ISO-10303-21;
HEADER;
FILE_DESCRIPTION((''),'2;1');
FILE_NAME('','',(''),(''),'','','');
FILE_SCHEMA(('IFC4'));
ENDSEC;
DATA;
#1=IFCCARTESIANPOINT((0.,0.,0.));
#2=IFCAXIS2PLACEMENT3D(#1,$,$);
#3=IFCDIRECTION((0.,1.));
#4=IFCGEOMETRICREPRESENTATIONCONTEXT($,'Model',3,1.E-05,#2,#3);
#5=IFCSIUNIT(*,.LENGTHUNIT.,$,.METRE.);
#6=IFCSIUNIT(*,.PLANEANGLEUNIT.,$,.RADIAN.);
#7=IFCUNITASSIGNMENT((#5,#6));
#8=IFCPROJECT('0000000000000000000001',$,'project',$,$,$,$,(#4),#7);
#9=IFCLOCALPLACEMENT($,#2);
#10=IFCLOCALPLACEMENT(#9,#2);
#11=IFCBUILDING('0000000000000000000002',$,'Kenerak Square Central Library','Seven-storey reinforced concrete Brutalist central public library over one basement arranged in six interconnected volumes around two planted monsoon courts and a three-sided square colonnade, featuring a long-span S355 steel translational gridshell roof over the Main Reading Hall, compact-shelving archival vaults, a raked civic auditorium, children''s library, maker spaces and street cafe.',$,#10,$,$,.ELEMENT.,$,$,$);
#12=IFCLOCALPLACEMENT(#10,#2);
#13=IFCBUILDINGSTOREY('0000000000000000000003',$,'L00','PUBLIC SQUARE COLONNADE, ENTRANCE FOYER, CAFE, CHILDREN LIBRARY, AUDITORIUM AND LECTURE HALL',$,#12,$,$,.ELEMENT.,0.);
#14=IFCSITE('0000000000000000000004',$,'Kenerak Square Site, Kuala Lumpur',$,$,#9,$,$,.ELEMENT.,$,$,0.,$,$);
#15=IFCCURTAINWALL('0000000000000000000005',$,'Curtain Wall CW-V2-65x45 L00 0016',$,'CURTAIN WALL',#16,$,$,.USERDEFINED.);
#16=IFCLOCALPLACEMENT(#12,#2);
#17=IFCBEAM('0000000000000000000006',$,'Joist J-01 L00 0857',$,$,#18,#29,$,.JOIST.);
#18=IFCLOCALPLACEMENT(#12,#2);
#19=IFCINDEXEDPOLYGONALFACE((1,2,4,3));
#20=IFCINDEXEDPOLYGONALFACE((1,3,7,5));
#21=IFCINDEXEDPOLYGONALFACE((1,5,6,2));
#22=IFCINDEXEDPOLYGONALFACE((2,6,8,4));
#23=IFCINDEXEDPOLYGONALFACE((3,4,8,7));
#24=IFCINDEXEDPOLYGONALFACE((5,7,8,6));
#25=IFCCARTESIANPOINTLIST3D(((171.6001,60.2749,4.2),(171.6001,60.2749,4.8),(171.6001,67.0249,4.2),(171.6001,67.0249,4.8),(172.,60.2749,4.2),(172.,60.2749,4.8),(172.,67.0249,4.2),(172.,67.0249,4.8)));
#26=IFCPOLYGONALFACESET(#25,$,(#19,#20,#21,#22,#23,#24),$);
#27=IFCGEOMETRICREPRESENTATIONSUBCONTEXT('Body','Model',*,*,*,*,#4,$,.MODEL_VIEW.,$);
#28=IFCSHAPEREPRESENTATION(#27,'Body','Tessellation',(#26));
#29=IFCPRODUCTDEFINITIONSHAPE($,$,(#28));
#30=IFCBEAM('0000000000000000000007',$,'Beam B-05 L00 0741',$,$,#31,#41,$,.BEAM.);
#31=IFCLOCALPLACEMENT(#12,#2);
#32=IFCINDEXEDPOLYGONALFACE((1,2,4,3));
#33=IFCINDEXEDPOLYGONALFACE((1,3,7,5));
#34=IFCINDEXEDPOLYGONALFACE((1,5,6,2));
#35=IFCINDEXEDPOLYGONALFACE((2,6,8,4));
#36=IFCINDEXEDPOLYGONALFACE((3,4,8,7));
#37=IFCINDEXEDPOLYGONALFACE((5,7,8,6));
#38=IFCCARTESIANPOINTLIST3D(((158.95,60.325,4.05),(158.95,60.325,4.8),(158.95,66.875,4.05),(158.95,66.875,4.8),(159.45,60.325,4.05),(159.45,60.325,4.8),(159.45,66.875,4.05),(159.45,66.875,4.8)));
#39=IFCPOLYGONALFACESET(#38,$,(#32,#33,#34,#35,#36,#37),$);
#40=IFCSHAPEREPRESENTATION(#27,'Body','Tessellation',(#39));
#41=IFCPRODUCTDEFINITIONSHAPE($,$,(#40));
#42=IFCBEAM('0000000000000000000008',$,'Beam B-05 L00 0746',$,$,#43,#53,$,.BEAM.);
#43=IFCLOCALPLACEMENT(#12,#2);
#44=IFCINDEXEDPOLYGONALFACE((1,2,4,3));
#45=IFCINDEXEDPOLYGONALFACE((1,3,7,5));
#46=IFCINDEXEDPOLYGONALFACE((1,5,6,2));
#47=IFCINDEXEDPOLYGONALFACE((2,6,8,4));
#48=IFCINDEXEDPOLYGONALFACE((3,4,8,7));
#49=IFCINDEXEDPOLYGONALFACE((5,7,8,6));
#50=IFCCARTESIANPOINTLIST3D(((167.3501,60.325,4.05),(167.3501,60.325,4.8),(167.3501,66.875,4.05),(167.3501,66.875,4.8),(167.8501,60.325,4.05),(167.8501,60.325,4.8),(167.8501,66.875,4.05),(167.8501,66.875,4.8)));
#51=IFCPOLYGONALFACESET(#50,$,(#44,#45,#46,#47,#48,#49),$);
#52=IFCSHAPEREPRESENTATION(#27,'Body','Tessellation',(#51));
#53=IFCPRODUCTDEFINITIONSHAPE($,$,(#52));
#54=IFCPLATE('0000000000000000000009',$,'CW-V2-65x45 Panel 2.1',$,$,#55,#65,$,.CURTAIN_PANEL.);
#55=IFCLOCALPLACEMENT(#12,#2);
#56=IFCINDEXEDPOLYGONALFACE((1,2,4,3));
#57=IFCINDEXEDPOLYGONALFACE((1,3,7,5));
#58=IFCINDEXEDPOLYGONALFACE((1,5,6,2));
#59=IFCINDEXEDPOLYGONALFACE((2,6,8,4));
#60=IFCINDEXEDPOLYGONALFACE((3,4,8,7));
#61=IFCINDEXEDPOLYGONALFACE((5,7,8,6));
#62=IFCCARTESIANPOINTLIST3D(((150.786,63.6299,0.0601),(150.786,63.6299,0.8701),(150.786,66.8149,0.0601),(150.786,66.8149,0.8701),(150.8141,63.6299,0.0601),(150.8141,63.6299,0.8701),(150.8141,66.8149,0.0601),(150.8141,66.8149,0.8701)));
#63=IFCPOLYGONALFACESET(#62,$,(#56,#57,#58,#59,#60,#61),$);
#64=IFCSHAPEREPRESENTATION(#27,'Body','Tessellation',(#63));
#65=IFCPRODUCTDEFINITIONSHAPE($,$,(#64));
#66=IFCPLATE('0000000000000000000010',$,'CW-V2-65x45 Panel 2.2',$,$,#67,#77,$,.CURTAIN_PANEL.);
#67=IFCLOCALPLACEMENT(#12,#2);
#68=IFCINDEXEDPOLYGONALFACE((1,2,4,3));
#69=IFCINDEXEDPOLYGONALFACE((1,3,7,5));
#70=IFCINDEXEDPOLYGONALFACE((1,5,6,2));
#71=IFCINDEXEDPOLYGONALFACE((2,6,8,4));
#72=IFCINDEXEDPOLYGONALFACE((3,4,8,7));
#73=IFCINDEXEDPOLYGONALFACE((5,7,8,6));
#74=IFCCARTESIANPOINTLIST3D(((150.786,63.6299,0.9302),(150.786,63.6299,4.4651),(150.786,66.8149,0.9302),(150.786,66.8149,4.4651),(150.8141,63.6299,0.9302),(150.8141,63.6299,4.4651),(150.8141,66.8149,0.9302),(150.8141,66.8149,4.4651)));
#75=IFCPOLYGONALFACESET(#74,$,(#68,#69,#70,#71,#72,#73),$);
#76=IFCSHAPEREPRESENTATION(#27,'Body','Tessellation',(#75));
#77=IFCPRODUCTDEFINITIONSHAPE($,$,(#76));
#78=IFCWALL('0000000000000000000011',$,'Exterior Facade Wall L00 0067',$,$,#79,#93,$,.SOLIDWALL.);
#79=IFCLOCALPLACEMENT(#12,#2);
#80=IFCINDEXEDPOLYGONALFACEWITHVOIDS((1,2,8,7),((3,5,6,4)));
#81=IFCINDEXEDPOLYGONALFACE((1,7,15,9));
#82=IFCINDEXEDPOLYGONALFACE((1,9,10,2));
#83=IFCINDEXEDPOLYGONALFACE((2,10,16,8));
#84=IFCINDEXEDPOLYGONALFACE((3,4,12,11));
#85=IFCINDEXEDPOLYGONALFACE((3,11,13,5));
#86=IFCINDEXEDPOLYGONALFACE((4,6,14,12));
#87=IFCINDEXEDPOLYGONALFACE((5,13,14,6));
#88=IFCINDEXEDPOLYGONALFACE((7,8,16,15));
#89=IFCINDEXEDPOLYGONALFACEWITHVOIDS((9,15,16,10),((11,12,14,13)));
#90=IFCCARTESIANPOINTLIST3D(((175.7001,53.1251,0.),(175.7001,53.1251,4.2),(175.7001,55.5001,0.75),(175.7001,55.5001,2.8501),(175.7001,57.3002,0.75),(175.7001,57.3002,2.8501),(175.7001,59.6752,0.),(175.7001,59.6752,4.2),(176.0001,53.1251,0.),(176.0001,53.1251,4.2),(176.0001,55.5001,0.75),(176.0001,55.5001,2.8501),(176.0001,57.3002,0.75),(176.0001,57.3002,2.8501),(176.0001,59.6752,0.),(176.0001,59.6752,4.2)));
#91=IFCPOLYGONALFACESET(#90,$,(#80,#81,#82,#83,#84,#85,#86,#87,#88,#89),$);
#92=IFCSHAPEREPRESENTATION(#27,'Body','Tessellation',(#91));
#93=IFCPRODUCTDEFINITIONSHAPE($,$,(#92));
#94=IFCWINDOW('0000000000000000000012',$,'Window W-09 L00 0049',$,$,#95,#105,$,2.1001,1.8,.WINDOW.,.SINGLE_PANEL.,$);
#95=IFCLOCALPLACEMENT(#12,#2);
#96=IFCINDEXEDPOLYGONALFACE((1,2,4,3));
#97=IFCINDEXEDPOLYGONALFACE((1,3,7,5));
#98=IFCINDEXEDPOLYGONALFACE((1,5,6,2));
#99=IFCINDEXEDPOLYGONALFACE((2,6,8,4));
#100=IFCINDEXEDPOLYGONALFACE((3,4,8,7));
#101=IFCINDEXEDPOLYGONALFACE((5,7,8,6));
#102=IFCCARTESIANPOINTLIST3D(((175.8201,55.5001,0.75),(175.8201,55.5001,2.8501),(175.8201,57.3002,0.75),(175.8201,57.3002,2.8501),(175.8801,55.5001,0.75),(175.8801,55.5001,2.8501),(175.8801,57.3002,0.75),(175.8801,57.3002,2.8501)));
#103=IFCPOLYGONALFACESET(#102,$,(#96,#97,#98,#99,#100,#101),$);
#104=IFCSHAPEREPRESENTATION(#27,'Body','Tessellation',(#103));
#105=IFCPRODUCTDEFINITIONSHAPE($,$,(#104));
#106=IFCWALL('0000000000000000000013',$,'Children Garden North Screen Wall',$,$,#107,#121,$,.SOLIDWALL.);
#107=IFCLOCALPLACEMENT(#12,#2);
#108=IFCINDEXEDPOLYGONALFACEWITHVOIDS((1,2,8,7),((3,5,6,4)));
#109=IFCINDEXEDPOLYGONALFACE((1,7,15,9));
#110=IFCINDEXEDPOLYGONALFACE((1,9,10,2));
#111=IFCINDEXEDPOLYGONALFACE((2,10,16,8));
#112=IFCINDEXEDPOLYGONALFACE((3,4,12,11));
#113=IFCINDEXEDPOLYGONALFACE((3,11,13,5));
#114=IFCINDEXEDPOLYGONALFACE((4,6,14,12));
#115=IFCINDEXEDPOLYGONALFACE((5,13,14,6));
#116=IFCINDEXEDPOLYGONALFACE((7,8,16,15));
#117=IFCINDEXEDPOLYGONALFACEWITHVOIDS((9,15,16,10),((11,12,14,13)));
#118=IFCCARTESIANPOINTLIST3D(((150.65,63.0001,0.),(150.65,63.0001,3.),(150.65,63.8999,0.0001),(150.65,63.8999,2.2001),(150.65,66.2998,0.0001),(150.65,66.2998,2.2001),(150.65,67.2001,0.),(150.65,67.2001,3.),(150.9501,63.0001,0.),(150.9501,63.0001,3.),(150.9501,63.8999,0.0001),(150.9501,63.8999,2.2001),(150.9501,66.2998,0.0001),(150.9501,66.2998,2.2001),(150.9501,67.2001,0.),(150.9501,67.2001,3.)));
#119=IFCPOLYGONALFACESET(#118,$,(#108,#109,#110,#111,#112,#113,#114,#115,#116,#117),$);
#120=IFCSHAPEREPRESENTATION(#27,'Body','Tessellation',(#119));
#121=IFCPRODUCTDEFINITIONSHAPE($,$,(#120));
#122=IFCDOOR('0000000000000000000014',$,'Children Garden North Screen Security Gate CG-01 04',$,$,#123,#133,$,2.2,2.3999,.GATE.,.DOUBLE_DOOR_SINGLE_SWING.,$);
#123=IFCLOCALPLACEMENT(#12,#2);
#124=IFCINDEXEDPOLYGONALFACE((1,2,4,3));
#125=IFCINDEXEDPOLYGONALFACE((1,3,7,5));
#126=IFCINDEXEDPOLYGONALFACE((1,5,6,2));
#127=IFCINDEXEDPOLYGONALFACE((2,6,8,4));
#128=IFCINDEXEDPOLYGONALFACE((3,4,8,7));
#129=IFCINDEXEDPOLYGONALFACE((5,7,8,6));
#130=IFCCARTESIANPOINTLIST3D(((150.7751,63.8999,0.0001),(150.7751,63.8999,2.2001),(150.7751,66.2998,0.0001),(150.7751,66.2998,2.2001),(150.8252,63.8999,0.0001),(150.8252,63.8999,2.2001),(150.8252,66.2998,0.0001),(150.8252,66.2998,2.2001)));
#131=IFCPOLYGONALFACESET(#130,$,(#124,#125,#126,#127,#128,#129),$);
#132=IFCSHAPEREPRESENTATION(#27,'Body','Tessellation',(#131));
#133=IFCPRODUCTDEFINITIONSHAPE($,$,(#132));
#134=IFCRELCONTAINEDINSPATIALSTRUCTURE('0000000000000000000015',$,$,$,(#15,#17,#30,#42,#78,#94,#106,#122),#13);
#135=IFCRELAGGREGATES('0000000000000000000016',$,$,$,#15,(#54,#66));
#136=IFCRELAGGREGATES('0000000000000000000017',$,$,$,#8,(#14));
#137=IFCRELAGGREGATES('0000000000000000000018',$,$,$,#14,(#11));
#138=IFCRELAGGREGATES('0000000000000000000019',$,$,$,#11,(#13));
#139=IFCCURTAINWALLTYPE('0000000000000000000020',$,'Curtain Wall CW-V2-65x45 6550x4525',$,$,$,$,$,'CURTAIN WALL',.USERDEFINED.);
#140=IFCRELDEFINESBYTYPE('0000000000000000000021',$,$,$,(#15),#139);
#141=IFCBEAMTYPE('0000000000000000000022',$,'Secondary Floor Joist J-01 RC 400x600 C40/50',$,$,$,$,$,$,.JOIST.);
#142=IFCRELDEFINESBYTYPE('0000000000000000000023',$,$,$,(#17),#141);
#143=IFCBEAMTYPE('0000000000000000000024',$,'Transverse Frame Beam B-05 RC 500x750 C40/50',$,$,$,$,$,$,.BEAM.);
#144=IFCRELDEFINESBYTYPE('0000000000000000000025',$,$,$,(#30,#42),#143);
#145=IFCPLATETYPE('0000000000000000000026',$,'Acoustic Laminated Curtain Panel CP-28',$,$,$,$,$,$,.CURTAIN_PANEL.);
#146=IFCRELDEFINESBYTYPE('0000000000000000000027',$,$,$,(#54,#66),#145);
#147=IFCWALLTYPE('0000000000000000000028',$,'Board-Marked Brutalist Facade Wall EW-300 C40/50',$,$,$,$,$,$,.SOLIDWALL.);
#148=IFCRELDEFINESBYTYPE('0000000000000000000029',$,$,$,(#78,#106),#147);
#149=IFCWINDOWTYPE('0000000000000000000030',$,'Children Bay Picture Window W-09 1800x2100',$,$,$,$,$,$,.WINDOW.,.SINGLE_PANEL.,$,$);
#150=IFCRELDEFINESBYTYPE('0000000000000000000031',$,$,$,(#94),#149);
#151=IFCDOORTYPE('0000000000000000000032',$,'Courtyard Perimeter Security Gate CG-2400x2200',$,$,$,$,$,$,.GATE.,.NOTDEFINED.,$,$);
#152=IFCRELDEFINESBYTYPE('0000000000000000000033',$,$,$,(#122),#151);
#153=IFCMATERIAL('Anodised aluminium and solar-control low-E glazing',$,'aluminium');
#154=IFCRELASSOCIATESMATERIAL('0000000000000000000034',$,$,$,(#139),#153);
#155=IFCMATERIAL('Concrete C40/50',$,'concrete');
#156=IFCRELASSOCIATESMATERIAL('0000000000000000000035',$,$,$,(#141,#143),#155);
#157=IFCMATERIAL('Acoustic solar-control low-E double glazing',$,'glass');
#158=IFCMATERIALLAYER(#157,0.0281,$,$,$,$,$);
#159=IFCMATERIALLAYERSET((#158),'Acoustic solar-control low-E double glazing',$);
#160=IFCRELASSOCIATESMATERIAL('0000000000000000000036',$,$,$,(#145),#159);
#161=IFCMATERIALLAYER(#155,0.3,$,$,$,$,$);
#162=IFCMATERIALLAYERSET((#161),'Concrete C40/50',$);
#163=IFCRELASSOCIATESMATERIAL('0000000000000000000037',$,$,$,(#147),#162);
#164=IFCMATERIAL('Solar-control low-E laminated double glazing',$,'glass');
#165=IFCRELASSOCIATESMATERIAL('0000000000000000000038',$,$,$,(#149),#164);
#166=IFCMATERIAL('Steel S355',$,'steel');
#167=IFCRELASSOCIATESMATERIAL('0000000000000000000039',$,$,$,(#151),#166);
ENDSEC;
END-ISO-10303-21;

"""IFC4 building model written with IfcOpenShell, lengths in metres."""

from ifc_helpers import new_model, si_unit, direction, frame, frame_2d, origin, origin_2d, place, context, subcontext, project, spatial, rectangle, extrude, material, layer, layer_set, material_profile, profile_set, type_object, element, fill, aggregate, save


model = new_model("IFC4")

# Units and contexts
model_context = context("Model", 3, precision=1e-05, world=origin(), true_north=direction((0.0, 1.0)))
body_context = subcontext(model_context, "Body", "Model", "MODEL_VIEW")
ifc_project = project(units=[si_unit("LENGTHUNIT", "METRE"), si_unit("PLANEANGLEUNIT", "RADIAN")], contexts=[model_context])

# Site, building, storey
site_placement = place(None, origin())
site = spatial("IfcSite", under=ifc_project, at=site_placement, Name="Kenerak Square Site, Kuala Lumpur", CompositionType="ELEMENT", RefElevation=0.0)
building_placement = place(site_placement, origin())
building = spatial("IfcBuilding", under=site, at=building_placement, Name="Kenerak Square Central Library", Description="Seven-storey reinforced concrete Brutalist central public library over one basement arranged in six interconnected volumes around two planted monsoon courts and a three-sided square colonnade, featuring a long-span S355 steel translational gridshell roof over the Main Reading Hall, compact-shelving archival vaults, a raked civic auditorium, children's library, maker spaces and street cafe.", CompositionType="ELEMENT")
storey_placement = place(building_placement, origin())
storey = spatial("IfcBuildingStorey", under=building, at=storey_placement, Name="L00", Description="PUBLIC SQUARE COLONNADE, ENTRANCE FOYER, CAFE, CHILDREN LIBRARY, AUDITORIUM AND LECTURE HALL", CompositionType="ELEMENT", Elevation=0.0)

# Shared definitions
ifc_material_1 = material(Name="Concrete C40/50", Category="concrete")

# Curtain wall
ifc_material_2 = material(Name="Anodised aluminium and solar-control low-E glazing", Category="aluminium")
curtain_wall_type = type_object("IfcCurtainWallType", Name="Curtain Wall CW-V2-65x45 6550x4525", ElementType="CURTAIN WALL", PredefinedType="USERDEFINED", material=ifc_material_2)
curtain_wall_placement = place(storey_placement, origin())
curtain_wall = element("IfcCurtainWall", 1, at=curtain_wall_placement, inside=storey, type_object=curtain_wall_type, Name="Curtain Wall CW-V2-65x45 L00 0016", ObjectType="CURTAIN WALL", PredefinedType="USERDEFINED")

# Beams
ifc_material_profile_1 = material_profile(ifc_material_1, rectangle(XDim=0.3999, YDim=0.6001, at=origin_2d()), Name="RC 400x600")
ifc_profile_set_1 = profile_set([ifc_material_profile_1], Name="Concrete C40/50")
beam_type_1 = type_object("IfcBeamType", Name="Secondary Floor Joist J-01 RC 400x600 C40/50", PredefinedType="JOIST", material=ifc_profile_set_1)
for number, where, z_axis, x_axis, name in (
    (2, (171.8, 60.2749, 4.5), (0.0, 1.0, 0.0), (-1.0, 0.0, 0.0), "Joist J-01 L00 0857"),
):
    element("IfcBeam", number, at=place(storey_placement, frame(where, z_axis=z_axis, x_axis=x_axis)), inside=storey, type_object=beam_type_1, Name=name, PredefinedType="JOIST", context=body_context, shape_type="SweptSolid", body=[
        extrude(rectangle(XDim=0.3999, YDim=0.6001, at=origin_2d()), origin(), (0.0, 0.0, 1.0), 6.75),
    ])
ifc_material_profile_2 = material_profile(ifc_material_1, rectangle(XDim=0.5, YDim=0.75, at=origin_2d()), Name="RC 500x750")
ifc_profile_set_2 = profile_set([ifc_material_profile_2], Name="Concrete C40/50")
beam_type_2 = type_object("IfcBeamType", Name="Transverse Frame Beam B-05 RC 500x750 C40/50", PredefinedType="BEAM", material=ifc_profile_set_2)
for number, where, z_axis, x_axis, name in (
    (3, (159.2, 60.325, 4.425), (0.0, 1.0, 0.0), (-1.0, 0.0, 0.0), "Beam B-05 L00 0741"),
    (4, (167.6001, 60.325, 4.425), (0.0, 1.0, 0.0), (-1.0, 0.0, 0.0), "Beam B-05 L00 0746"),
):
    element("IfcBeam", number, at=place(storey_placement, frame(where, z_axis=z_axis, x_axis=x_axis)), inside=storey, type_object=beam_type_2, Name=name, PredefinedType="BEAM", context=body_context, shape_type="SweptSolid", body=[
        extrude(rectangle(XDim=0.5, YDim=0.75, at=origin_2d()), origin(), (0.0, 0.0, 1.0), 6.55),
    ])

# Plates
ifc_material_3 = material(Name="Acoustic solar-control low-E double glazing", Category="glass")
ifc_layer_1 = layer(ifc_material_3, 0.0281)
ifc_layer_set_1 = layer_set([ifc_layer_1], Name="Acoustic solar-control low-E double glazing")
plate_type = type_object("IfcPlateType", Name="Acoustic Laminated Curtain Panel CP-28", PredefinedType="CURTAIN_PANEL", material=ifc_layer_set_1)
plate_1_placement = place(storey_placement, frame((150.8, 65.2224, 0.0601), z_axis=(0.0, 0.0, 1.0), x_axis=(0.0, 1.0, 0.0)))
plate_1 = element("IfcPlate", 5, at=plate_1_placement, type_object=plate_type, Name="CW-V2-65x45 Panel 2.1", PredefinedType="CURTAIN_PANEL", context=body_context, shape_type="SweptSolid", body=[
    extrude(rectangle(XDim=3.1851, YDim=0.0281, at=origin_2d()), origin(), (0.0, 0.0, 1.0), 0.8101),
])
plate_2_placement = place(storey_placement, frame((150.8, 65.2224, 0.9302), z_axis=(0.0, 0.0, 1.0), x_axis=(0.0, 1.0, 0.0)))
plate_2 = element("IfcPlate", 6, at=plate_2_placement, type_object=plate_type, Name="CW-V2-65x45 Panel 2.2", PredefinedType="CURTAIN_PANEL", context=body_context, shape_type="SweptSolid", body=[
    extrude(rectangle(XDim=3.1851, YDim=0.0281, at=origin_2d()), origin(), (0.0, 0.0, 1.0), 3.5349),
])
aggregate(curtain_wall, [plate_1, plate_2])

# Wall, opening, window
ifc_layer_2 = layer(ifc_material_1, 0.3)
ifc_layer_set_2 = layer_set([ifc_layer_2], Name="Concrete C40/50")
wall_type = type_object("IfcWallType", Name="Board-Marked Brutalist Facade Wall EW-300 C40/50", PredefinedType="SOLIDWALL", material=ifc_layer_set_2)
wall_1_placement = place(storey_placement, frame((175.8501, 59.675, 0.0), z_axis=(0.0, 0.0, 1.0), x_axis=(0.0, -1.0, 0.0)))
wall_1 = element("IfcWall", 7, at=wall_1_placement, inside=storey, type_object=wall_type, Name="Exterior Facade Wall L00 0067", PredefinedType="SOLIDWALL", context=body_context, shape_type="SweptSolid", body=[
    extrude(rectangle(XDim=6.55, YDim=0.3, at=frame_2d((3.2749, 0.0))), origin(), (0.0, 0.0, 1.0), 4.2),
])
opening_1_placement = place(wall_1_placement, frame((2.375, 0.0, 0.75)))
opening_1 = element("IfcOpeningElement", 8, at=opening_1_placement, cuts=wall_1, PredefinedType="OPENING", context=body_context, shape_type="SweptSolid", body=[
    extrude(rectangle(XDim=1.8, YDim=2.1001, at=frame_2d((0.8999, 1.05))), frame((0.0, 0.1599, 0.0), z_axis=(0.0, -1.0, 0.0), x_axis=(1.0, 0.0, 0.0)), (0.0, 0.0, 1.0), 0.3201),
])
ifc_material_4 = material(Name="Solar-control low-E laminated double glazing", Category="glass")
window_type = type_object("IfcWindowType", Name="Children Bay Picture Window W-09 1800x2100", PartitioningType="SINGLE_PANEL", PredefinedType="WINDOW", material=ifc_material_4)
window_placement = place(opening_1_placement, origin())
window = element("IfcWindow", 9, at=window_placement, inside=storey, type_object=window_type, Name="Window W-09 L00 0049", OverallHeight=2.1001, OverallWidth=1.8, PartitioningType="SINGLE_PANEL", PredefinedType="WINDOW", context=body_context, shape_type="SweptSolid", body=[
    extrude(rectangle(XDim=1.8, YDim=2.1001, at=frame_2d((0.8999, 1.05))), frame((0.0, 0.03, 0.0), z_axis=(0.0, -1.0, 0.0), x_axis=(1.0, 0.0, 0.0)), (0.0, 0.0, 1.0), 0.0601),
])
fill(opening_1, window)

# Wall, opening, door
wall_2_placement = place(storey_placement, frame((150.8, 63.0, 0.0), z_axis=(0.0, 0.0, 1.0), x_axis=(0.0, 1.0, 0.0)))
wall_2 = element("IfcWall", 10, at=wall_2_placement, inside=storey, type_object=wall_type, Name="Children Garden North Screen Wall", PredefinedType="SOLIDWALL", context=body_context, shape_type="SweptSolid", body=[
    extrude(rectangle(XDim=4.2, YDim=0.3, at=frame_2d((2.1001, 0.0))), origin(), (0.0, 0.0, 1.0), 3.0),
])
opening_2_placement = place(wall_2_placement, frame((0.8999, 0.0, 0.0)))
opening_2 = element("IfcOpeningElement", 11, at=opening_2_placement, cuts=wall_2, PredefinedType="OPENING", context=body_context, shape_type="SweptSolid", body=[
    extrude(rectangle(XDim=2.3999, YDim=2.2, at=frame_2d((1.2, 1.1001))), frame((0.0, 0.1599, 0.0), z_axis=(0.0, -1.0, 0.0), x_axis=(1.0, 0.0, 0.0)), (0.0, 0.0, 1.0), 0.3201),
])
ifc_material_5 = material(Name="Steel S355", Category="steel")
door_type = type_object("IfcDoorType", Name="Courtyard Perimeter Security Gate CG-2400x2200", OperationType="NOTDEFINED", PredefinedType="GATE", material=ifc_material_5)
door_placement = place(opening_2_placement, origin())
door = element("IfcDoor", 12, at=door_placement, inside=storey, type_object=door_type, Name="Children Garden North Screen Security Gate CG-01 04", OperationType="DOUBLE_DOOR_SINGLE_SWING", OverallHeight=2.2, OverallWidth=2.3999, PredefinedType="GATE", context=body_context, shape_type="SweptSolid", body=[
    extrude(rectangle(XDim=2.3999, YDim=2.2, at=frame_2d((1.2, 1.1001))), frame((0.0, 0.0249, 0.0), z_axis=(0.0, -1.0, 0.0), x_axis=(1.0, 0.0, 0.0)), (0.0, 0.0, 1.0), 0.05),
])
fill(opening_2, door)

save(model, "model.ifc")
